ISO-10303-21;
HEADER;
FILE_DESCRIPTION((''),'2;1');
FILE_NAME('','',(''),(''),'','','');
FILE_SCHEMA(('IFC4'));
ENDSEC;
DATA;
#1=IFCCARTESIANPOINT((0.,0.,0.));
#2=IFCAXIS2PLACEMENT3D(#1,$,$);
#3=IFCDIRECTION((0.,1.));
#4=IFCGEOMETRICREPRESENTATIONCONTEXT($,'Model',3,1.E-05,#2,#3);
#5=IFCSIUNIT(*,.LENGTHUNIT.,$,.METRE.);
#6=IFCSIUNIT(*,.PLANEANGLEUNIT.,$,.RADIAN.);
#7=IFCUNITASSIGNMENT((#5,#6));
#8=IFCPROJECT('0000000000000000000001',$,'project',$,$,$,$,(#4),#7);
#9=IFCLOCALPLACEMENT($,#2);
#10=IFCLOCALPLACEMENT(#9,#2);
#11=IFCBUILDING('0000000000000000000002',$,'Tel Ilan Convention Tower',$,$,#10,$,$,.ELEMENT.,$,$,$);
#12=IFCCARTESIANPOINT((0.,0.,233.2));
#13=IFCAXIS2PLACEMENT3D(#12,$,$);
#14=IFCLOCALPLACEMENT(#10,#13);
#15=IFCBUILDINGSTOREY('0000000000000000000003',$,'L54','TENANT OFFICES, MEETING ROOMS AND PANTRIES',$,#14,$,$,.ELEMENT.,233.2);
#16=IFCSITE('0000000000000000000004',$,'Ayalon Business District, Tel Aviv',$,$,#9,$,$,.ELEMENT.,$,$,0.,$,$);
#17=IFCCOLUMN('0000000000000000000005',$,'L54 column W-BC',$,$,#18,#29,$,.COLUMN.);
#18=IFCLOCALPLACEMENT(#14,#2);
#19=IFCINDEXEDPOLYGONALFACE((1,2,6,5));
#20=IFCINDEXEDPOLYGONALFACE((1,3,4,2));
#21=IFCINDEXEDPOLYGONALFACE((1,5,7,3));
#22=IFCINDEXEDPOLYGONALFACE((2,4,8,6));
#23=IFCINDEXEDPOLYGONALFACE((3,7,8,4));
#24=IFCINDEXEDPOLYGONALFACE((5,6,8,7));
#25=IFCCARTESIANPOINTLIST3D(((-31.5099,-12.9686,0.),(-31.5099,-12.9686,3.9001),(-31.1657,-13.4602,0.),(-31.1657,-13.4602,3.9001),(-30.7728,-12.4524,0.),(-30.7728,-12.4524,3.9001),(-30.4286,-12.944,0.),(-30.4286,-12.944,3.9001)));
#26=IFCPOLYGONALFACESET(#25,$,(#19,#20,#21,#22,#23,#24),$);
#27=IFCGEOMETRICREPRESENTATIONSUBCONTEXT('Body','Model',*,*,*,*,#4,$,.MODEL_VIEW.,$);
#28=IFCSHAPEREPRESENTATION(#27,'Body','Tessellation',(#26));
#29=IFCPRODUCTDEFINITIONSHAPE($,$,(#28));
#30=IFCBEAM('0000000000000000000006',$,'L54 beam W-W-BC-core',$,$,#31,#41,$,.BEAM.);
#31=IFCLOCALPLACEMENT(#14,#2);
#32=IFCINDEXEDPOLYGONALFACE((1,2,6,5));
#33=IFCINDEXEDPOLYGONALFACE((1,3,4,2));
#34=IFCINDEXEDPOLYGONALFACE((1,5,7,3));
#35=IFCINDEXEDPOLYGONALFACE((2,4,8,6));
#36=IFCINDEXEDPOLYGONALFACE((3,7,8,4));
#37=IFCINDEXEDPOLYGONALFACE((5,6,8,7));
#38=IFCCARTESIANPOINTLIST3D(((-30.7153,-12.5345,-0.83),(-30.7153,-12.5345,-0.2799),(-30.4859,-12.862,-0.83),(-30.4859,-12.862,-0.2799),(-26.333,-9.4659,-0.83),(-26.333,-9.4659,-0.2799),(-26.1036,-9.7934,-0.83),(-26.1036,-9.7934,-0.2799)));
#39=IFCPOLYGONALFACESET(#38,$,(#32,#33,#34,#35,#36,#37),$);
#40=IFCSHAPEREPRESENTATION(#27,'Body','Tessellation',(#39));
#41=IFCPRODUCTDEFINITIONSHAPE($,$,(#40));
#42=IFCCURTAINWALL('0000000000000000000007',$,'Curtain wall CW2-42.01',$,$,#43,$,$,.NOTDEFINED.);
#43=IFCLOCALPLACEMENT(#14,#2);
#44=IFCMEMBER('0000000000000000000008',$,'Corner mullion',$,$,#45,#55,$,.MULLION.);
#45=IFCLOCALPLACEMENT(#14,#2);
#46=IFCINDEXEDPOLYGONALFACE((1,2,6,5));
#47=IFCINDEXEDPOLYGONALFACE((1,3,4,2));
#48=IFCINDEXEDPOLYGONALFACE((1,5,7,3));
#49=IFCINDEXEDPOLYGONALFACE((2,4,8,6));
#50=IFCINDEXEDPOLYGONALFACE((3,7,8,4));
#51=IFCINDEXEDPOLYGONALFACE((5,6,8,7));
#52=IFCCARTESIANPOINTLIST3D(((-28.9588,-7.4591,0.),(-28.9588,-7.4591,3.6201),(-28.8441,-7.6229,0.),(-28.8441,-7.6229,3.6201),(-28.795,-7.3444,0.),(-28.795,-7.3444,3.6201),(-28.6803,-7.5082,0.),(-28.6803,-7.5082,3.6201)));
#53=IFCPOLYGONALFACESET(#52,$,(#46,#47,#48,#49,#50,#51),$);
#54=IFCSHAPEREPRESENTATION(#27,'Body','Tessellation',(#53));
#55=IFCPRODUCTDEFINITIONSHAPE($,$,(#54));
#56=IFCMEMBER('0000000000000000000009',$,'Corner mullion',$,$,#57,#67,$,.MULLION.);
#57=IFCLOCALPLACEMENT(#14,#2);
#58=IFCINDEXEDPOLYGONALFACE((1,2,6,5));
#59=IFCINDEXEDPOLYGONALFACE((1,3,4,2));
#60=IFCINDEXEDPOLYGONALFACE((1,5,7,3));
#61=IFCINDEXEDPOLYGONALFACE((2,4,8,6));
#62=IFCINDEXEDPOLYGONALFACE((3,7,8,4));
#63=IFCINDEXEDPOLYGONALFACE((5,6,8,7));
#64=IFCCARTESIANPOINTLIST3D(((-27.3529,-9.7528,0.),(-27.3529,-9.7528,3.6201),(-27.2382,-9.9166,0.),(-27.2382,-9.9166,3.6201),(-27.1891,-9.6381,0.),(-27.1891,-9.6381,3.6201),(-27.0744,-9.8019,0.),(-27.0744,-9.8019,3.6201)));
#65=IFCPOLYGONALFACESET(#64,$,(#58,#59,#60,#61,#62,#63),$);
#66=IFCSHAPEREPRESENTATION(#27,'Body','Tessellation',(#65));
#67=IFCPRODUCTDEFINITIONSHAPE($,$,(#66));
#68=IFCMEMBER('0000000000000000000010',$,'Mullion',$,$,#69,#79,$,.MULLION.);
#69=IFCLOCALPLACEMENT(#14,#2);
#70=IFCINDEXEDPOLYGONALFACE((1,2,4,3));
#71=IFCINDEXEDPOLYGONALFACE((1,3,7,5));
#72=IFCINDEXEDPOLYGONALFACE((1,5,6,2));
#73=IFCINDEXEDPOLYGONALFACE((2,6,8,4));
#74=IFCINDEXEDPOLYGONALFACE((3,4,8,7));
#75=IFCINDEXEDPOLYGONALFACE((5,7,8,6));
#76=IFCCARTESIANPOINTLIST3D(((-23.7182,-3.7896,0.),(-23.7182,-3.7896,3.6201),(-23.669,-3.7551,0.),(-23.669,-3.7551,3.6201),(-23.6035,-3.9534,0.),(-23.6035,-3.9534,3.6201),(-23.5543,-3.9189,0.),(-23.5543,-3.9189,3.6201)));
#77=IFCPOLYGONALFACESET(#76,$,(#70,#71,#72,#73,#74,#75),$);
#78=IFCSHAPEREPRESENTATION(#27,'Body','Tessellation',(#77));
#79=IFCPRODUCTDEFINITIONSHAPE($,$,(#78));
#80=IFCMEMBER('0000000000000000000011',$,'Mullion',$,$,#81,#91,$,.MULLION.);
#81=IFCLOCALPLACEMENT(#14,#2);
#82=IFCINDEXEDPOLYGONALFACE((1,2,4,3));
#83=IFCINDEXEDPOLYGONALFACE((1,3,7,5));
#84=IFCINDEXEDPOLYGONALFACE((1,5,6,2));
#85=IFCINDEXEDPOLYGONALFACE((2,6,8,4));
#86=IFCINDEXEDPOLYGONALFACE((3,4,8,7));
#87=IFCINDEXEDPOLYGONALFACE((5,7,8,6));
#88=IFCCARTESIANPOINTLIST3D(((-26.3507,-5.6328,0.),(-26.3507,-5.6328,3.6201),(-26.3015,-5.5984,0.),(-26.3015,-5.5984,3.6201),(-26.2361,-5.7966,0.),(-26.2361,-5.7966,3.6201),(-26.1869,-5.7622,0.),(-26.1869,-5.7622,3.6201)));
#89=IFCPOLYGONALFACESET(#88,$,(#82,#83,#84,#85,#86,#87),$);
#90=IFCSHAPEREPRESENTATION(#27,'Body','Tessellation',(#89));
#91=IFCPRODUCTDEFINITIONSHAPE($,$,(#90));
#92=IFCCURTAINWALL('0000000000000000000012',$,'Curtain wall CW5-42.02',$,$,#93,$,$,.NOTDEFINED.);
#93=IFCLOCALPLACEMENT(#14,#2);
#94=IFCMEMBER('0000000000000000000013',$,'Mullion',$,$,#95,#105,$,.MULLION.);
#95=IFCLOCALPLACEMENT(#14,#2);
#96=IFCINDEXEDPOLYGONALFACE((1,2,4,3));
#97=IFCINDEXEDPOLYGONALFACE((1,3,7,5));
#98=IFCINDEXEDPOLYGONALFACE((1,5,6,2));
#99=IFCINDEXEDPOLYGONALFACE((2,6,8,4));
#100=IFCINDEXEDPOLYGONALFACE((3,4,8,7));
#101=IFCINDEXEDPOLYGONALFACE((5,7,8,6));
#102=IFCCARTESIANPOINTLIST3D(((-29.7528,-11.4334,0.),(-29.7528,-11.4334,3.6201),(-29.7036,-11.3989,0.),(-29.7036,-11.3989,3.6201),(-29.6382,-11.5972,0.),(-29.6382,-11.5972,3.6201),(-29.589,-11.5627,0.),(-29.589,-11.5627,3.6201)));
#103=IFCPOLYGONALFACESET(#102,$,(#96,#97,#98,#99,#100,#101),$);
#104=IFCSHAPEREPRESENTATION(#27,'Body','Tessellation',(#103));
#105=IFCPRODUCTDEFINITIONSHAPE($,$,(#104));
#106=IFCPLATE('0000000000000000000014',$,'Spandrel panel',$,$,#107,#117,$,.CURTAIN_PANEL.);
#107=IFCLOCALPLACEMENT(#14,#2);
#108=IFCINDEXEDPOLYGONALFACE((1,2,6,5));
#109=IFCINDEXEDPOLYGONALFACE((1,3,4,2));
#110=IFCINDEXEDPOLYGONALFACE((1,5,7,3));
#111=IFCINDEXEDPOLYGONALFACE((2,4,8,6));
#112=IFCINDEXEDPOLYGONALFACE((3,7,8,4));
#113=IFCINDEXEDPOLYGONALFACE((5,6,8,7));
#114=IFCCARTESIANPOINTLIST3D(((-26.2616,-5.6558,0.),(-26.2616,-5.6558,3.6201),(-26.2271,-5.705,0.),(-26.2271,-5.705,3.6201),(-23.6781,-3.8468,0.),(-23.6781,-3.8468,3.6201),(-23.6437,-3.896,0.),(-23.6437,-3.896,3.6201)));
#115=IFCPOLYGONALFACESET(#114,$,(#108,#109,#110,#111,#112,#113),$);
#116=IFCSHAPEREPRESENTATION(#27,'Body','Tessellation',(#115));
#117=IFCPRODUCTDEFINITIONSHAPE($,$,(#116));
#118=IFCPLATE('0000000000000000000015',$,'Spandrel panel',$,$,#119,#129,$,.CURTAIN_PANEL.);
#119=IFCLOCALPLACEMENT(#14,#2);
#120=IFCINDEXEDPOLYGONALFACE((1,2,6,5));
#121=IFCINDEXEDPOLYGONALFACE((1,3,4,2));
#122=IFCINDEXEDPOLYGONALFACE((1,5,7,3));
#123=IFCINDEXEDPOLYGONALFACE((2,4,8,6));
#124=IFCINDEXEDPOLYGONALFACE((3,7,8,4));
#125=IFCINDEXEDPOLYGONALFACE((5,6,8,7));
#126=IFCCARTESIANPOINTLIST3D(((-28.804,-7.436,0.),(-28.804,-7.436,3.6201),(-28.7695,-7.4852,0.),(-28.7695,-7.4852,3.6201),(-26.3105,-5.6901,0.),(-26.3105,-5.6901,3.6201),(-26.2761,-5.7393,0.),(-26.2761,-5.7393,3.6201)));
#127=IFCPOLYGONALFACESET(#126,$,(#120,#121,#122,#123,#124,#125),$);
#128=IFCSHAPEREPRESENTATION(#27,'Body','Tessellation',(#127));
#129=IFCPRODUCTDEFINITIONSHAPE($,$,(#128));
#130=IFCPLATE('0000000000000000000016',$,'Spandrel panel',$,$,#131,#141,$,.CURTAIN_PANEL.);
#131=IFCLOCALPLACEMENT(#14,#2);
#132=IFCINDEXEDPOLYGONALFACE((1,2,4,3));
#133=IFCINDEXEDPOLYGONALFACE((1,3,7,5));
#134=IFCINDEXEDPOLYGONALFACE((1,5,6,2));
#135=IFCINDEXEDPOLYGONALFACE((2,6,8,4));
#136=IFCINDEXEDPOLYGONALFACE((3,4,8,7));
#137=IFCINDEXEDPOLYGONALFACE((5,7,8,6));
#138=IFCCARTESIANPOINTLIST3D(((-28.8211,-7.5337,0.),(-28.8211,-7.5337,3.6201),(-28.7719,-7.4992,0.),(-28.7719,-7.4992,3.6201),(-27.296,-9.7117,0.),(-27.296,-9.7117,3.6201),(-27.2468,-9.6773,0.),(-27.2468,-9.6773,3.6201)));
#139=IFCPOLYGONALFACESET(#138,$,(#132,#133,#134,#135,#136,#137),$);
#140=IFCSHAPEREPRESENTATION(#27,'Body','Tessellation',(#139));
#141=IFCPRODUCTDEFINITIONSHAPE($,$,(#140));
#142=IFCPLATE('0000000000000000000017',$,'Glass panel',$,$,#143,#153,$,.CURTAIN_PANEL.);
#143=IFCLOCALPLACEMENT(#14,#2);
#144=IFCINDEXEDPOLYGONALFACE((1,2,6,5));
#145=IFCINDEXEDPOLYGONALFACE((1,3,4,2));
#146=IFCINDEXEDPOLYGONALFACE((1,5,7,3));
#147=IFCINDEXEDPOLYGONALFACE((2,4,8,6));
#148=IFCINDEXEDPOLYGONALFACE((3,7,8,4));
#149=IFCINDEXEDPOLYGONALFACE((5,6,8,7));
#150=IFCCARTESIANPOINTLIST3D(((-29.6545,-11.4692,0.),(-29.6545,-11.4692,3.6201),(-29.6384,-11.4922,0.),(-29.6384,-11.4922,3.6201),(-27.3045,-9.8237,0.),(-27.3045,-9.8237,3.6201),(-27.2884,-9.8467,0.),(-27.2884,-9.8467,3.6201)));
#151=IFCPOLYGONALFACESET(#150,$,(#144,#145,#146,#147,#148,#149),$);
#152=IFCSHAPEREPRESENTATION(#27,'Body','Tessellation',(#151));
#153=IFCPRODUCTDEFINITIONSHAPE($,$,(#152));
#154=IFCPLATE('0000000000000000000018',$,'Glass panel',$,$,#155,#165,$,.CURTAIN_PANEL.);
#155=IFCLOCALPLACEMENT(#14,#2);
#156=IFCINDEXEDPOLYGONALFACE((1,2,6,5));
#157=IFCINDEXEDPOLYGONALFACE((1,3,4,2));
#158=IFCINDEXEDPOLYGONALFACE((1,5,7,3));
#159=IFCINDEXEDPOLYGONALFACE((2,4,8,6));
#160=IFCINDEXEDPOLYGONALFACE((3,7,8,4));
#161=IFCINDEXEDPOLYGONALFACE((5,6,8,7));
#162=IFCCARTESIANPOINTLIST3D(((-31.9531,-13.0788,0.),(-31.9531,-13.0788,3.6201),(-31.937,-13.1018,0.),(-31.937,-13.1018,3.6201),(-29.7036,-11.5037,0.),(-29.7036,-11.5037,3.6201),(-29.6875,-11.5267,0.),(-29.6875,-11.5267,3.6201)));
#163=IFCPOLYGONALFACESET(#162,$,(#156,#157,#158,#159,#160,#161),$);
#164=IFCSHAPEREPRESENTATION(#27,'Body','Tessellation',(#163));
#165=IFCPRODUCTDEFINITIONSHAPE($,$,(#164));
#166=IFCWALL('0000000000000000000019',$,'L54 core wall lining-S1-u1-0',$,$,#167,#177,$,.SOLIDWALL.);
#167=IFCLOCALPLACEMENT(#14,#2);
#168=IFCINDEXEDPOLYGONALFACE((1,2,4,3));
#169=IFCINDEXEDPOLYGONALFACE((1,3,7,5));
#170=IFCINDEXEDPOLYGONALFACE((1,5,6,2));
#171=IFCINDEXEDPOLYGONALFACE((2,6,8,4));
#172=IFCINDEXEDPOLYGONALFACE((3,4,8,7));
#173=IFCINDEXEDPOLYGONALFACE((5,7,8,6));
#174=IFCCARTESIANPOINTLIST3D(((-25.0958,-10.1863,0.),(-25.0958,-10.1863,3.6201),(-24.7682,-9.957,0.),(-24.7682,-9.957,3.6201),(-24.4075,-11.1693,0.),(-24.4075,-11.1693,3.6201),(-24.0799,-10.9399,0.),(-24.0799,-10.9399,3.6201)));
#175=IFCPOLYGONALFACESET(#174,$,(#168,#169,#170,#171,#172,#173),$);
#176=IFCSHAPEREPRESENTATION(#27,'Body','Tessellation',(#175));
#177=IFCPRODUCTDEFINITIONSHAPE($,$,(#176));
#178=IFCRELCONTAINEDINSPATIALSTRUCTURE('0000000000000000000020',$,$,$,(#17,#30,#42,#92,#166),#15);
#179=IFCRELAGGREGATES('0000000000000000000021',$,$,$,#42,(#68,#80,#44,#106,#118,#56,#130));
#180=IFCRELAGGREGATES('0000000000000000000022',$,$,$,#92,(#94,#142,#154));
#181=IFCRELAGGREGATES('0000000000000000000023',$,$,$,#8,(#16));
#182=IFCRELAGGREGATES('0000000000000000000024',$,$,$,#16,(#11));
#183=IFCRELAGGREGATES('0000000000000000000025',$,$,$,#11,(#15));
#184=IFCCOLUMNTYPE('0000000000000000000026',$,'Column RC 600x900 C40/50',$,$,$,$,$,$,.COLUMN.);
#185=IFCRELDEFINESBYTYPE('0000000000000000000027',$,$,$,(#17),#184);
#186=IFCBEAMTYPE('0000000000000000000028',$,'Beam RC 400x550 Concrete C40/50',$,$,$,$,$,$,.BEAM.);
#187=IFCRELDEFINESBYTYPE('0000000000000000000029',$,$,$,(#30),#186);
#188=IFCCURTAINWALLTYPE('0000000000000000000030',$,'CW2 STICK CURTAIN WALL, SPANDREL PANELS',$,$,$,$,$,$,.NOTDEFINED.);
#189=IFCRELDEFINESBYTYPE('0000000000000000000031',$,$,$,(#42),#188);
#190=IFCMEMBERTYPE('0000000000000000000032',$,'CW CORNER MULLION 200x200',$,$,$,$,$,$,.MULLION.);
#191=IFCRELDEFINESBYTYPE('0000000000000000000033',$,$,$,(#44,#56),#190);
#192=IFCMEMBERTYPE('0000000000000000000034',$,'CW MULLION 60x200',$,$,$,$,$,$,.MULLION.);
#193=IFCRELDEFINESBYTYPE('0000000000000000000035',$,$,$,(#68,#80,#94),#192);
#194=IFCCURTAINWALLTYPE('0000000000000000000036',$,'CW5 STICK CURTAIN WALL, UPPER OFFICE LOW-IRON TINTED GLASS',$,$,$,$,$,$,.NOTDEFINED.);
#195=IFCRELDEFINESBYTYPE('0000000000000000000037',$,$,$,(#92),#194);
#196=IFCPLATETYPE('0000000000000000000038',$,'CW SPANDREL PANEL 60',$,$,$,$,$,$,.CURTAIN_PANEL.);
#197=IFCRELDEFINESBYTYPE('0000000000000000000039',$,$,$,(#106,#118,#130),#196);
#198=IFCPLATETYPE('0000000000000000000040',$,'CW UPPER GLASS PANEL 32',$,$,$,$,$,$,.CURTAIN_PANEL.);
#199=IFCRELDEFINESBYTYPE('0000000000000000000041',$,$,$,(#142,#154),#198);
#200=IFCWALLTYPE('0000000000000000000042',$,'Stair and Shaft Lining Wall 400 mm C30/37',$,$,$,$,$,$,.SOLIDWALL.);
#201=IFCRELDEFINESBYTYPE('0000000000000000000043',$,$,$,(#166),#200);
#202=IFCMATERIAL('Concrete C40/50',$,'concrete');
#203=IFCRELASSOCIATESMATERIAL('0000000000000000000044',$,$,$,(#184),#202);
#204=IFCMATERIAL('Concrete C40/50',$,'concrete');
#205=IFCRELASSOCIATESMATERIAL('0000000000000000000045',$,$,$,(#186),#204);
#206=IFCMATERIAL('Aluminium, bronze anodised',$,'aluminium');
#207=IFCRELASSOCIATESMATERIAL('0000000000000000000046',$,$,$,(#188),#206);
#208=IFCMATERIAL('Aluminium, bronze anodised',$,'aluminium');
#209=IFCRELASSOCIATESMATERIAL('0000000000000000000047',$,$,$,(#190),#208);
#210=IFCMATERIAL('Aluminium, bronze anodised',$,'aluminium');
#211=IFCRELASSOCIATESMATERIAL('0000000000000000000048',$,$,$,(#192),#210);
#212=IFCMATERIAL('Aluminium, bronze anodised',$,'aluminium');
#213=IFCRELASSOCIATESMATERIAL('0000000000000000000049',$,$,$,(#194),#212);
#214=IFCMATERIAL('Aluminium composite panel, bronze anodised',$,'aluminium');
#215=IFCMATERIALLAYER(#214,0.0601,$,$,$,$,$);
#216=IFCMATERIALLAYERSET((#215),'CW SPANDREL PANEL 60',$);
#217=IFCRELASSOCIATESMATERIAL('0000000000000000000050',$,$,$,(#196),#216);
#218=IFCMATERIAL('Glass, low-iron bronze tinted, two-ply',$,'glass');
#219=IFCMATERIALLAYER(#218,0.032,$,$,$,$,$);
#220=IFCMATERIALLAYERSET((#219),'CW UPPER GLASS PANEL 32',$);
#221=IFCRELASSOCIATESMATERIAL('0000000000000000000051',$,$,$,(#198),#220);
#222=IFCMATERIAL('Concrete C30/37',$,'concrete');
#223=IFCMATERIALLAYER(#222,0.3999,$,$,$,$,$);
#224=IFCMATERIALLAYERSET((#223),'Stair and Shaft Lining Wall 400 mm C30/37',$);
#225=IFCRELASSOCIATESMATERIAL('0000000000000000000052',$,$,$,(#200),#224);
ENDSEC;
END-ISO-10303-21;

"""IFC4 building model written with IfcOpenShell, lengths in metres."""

from ifc_helpers import new_model, si_unit, direction, frame, frame_2d, origin, origin_2d, place, context, subcontext, project, spatial, rectangle, extrude, material, layer, layer_set, material_profile, profile_set, type_object, element, aggregate, save


model = new_model("IFC4")

# Units and contexts
model_context = context("Model", 3, precision=1e-05, world=origin(), true_north=direction((0.0, 1.0)))
body_context = subcontext(model_context, "Body", "Model", "MODEL_VIEW")
ifc_project = project(units=[si_unit("LENGTHUNIT", "METRE"), si_unit("PLANEANGLEUNIT", "RADIAN")], contexts=[model_context])

# Site, building, storey
site_placement = place(None, origin())
site = spatial("IfcSite", under=ifc_project, at=site_placement, Name="Ayalon Business District, Tel Aviv", CompositionType="ELEMENT", RefElevation=0.0)
building_placement = place(site_placement, origin())
building = spatial("IfcBuilding", under=site, at=building_placement, Name="Tel Ilan Convention Tower", CompositionType="ELEMENT")
storey_placement = place(building_placement, frame((0.0, 0.0, 233.2)))
storey = spatial("IfcBuildingStorey", under=building, at=storey_placement, Name="L54", Description="TENANT OFFICES, MEETING ROOMS AND PANTRIES", CompositionType="ELEMENT", Elevation=233.2)

# Column
ifc_material_1 = material(Name="Concrete C40/50", Category="concrete")
ifc_material_profile_1 = material_profile(ifc_material_1, rectangle(XDim=0.8999, YDim=0.6001, at=origin_2d()), Name="RC 600x900")
ifc_profile_set_1 = profile_set([ifc_material_profile_1], Name="Concrete C40/50")
column_type = type_object("IfcColumnType", Name="Column RC 600x900 C40/50", PredefinedType="COLUMN", material=ifc_profile_set_1)
column_placement = place(storey_placement, frame((-30.9692, -12.9563, 0.0), z_axis=(0.0, 0.0, 1.0), x_axis=(-0.819152, -0.573576, 0.0)))
element("IfcColumn", 1, at=column_placement, inside=storey, type_object=column_type, Name="L54 column W-BC", PredefinedType="COLUMN", context=body_context, shape_type="SweptSolid", body=[
    extrude(rectangle(XDim=0.8999, YDim=0.6001, at=origin_2d()), origin(), (0.0, 0.0, 1.0), 3.9001),
])

# Beam
ifc_material_2 = material(Name="Concrete C40/50", Category="concrete")
ifc_material_profile_2 = material_profile(ifc_material_2, rectangle(XDim=0.3999, YDim=0.55, at=origin_2d()), Name="RC 400x550")
ifc_profile_set_2 = profile_set([ifc_material_profile_2], Name="Concrete C40/50")
beam_type = type_object("IfcBeamType", Name="Beam RC 400x550 Concrete C40/50", PredefinedType="BEAM", material=ifc_profile_set_2)
beam_placement = place(storey_placement, frame((-30.6006, -12.6982, -0.5549), z_axis=(0.819146, 0.573585, 0.0), x_axis=(-0.573585, 0.819146, 0.0)))
element("IfcBeam", 2, at=beam_placement, inside=storey, type_object=beam_type, Name="L54 beam W-W-BC-core", PredefinedType="BEAM", context=body_context, shape_type="SweptSolid", body=[
    extrude(rectangle(XDim=0.3999, YDim=0.55, at=origin_2d()), origin(), (0.0, 0.0, 1.0), 5.3499),
])

# Curtain wall, members
ifc_material_3 = material(Name="Aluminium, bronze anodised", Category="aluminium")
curtain_wall_type_1 = type_object("IfcCurtainWallType", Name="CW2 STICK CURTAIN WALL, SPANDREL PANELS", PredefinedType="NOTDEFINED", material=ifc_material_3)
curtain_wall_1_placement = place(storey_placement, origin())
curtain_wall_1 = element("IfcCurtainWall", 3, at=curtain_wall_1_placement, inside=storey, type_object=curtain_wall_type_1, Name="Curtain wall CW2-42.01", PredefinedType="NOTDEFINED")
ifc_material_4 = material(Name="Aluminium, bronze anodised", Category="aluminium")
ifc_material_profile_3 = material_profile(ifc_material_4, rectangle(XDim=0.2, YDim=0.2, at=origin_2d()), Name="CW CORNER MULLION 200x200")
ifc_profile_set_3 = profile_set([ifc_material_profile_3], Name="Aluminium, bronze anodised")
member_type_1 = type_object("IfcMemberType", Name="CW CORNER MULLION 200x200", PredefinedType="MULLION", material=ifc_profile_set_3)
member_1_placement = place(storey_placement, frame((-28.8196, -7.4836, 0.0), z_axis=(0.0, 0.0, 1.0), x_axis=(-0.819152, -0.573576, 0.0)))
member_1 = element("IfcMember", 4, at=member_1_placement, type_object=member_type_1, Name="Corner mullion", PredefinedType="MULLION", context=body_context, shape_type="SweptSolid", body=[
    extrude(rectangle(XDim=0.2, YDim=0.2, at=origin_2d()), origin(), (0.0, 0.0, 1.0), 3.6201),
])
member_2_placement = place(storey_placement, frame((-27.2136, -9.7773, 0.0), z_axis=(0.0, 0.0, 1.0), x_axis=(0.573576, -0.819152, 0.0)))
member_2 = element("IfcMember", 5, at=member_2_placement, type_object=member_type_1, Name="Corner mullion", PredefinedType="MULLION", context=body_context, shape_type="SweptSolid", body=[
    extrude(rectangle(XDim=0.2, YDim=0.2, at=origin_2d()), origin(), (0.0, 0.0, 1.0), 3.6201),
])
ifc_material_5 = material(Name="Aluminium, bronze anodised", Category="aluminium")
ifc_material_profile_4 = material_profile(ifc_material_5, rectangle(XDim=0.0601, YDim=0.2, at=origin_2d()), Name="CW MULLION 60x200")
ifc_profile_set_4 = profile_set([ifc_material_profile_4], Name="Aluminium, bronze anodised")
member_type_2 = type_object("IfcMemberType", Name="CW MULLION 60x200", PredefinedType="MULLION", material=ifc_profile_set_4)
member_3_placement = place(storey_placement, frame((-23.6362, -3.8542, 0.0), z_axis=(0.0, 0.0, 1.0), x_axis=(-0.819152, -0.573576, 0.0)))
member_3 = element("IfcMember", 6, at=member_3_placement, type_object=member_type_2, Name="Mullion", PredefinedType="MULLION", context=body_context, shape_type="SweptSolid", body=[
    extrude(rectangle(XDim=0.0601, YDim=0.2, at=origin_2d()), origin(), (0.0, 0.0, 1.0), 3.6201),
])
member_4_placement = place(storey_placement, frame((-26.2688, -5.6975, 0.0), z_axis=(0.0, 0.0, 1.0), x_axis=(-0.819152, -0.573576, 0.0)))
member_4 = element("IfcMember", 7, at=member_4_placement, type_object=member_type_2, Name="Mullion", PredefinedType="MULLION", context=body_context, shape_type="SweptSolid", body=[
    extrude(rectangle(XDim=0.0601, YDim=0.2, at=origin_2d()), origin(), (0.0, 0.0, 1.0), 3.6201),
])

# Curtain wall, member
ifc_material_6 = material(Name="Aluminium, bronze anodised", Category="aluminium")
curtain_wall_type_2 = type_object("IfcCurtainWallType", Name="CW5 STICK CURTAIN WALL, UPPER OFFICE LOW-IRON TINTED GLASS", PredefinedType="NOTDEFINED", material=ifc_material_6)
curtain_wall_2_placement = place(storey_placement, origin())
curtain_wall_2 = element("IfcCurtainWall", 8, at=curtain_wall_2_placement, inside=storey, type_object=curtain_wall_type_2, Name="Curtain wall CW5-42.02", PredefinedType="NOTDEFINED")
member_5_placement = place(storey_placement, frame((-29.6709, -11.498, 0.0), z_axis=(0.0, 0.0, 1.0), x_axis=(-0.819152, -0.573576, 0.0)))
member_5 = element("IfcMember", 9, at=member_5_placement, type_object=member_type_2, Name="Mullion", PredefinedType="MULLION", context=body_context, shape_type="SweptSolid", body=[
    extrude(rectangle(XDim=0.0601, YDim=0.2, at=origin_2d()), origin(), (0.0, 0.0, 1.0), 3.6201),
])

# Plates
ifc_material_7 = material(Name="Aluminium composite panel, bronze anodised", Category="aluminium")
ifc_layer_1 = layer(ifc_material_7, 0.0601)
ifc_layer_set_1 = layer_set([ifc_layer_1], Name="CW SPANDREL PANEL 60")
plate_type_1 = type_object("IfcPlateType", Name="CW SPANDREL PANEL 60", PredefinedType="CURTAIN_PANEL", material=ifc_layer_set_1)
plate_1_placement = place(storey_placement, frame((-24.9526, -4.7759, 0.0), z_axis=(0.0, 0.0, 1.0), x_axis=(-0.819152, -0.573576, 0.0)))
plate_1 = element("IfcPlate", 10, at=plate_1_placement, type_object=plate_type_1, Name="Spandrel panel", PredefinedType="CURTAIN_PANEL", context=body_context, shape_type="SweptSolid", body=[
    extrude(rectangle(XDim=3.1538, YDim=0.0601, at=origin_2d()), origin(), (0.0, 0.0, 1.0), 3.6201),
])
plate_2_placement = place(storey_placement, frame((-27.54, -6.5876, 0.0), z_axis=(0.0, 0.0, 1.0), x_axis=(-0.819152, -0.573576, 0.0)))
plate_2 = element("IfcPlate", 11, at=plate_2_placement, type_object=plate_type_1, Name="Spandrel panel", PredefinedType="CURTAIN_PANEL", context=body_context, shape_type="SweptSolid", body=[
    extrude(rectangle(XDim=3.0439, YDim=0.0601, at=origin_2d()), origin(), (0.0, 0.0, 1.0), 3.6201),
])
plate_3_placement = place(storey_placement, frame((-28.0339, -8.6055, 0.0), z_axis=(0.0, 0.0, 1.0), x_axis=(0.573576, -0.819152, 0.0)))
plate_3 = element("IfcPlate", 12, at=plate_3_placement, type_object=plate_type_1, Name="Spandrel panel", PredefinedType="CURTAIN_PANEL", context=body_context, shape_type="SweptSolid", body=[
    extrude(rectangle(XDim=2.6589, YDim=0.0601, at=origin_2d()), origin(), (0.0, 0.0, 1.0), 3.6201),
])
aggregate(curtain_wall_1, [member_3, member_4, member_1, plate_1, plate_2, member_2, plate_3])
ifc_material_8 = material(Name="Glass, low-iron bronze tinted, two-ply", Category="glass")
ifc_layer_2 = layer(ifc_material_8, 0.032)
ifc_layer_set_2 = layer_set([ifc_layer_2], Name="CW UPPER GLASS PANEL 32")
plate_type_2 = type_object("IfcPlateType", Name="CW UPPER GLASS PANEL 32", PredefinedType="CURTAIN_PANEL", material=ifc_layer_set_2)
plate_4_placement = place(storey_placement, frame((-28.4714, -10.658, 0.0), z_axis=(0.0, 0.0, 1.0), x_axis=(-0.819152, -0.573576, 0.0)))
plate_4 = element("IfcPlate", 13, at=plate_4_placement, type_object=plate_type_2, Name="Glass panel", PredefinedType="CURTAIN_PANEL", context=body_context, shape_type="SweptSolid", body=[
    extrude(rectangle(XDim=2.8689, YDim=0.0281, at=origin_2d()), origin(), (0.0, 0.0, 1.0), 3.6201),
])
plate_5_placement = place(storey_placement, frame((-30.8203, -12.3027, 0.0), z_axis=(0.0, 0.0, 1.0), x_axis=(-0.819152, -0.573576, 0.0)))
plate_5 = element("IfcPlate", 14, at=plate_5_placement, type_object=plate_type_2, Name="Glass panel", PredefinedType="CURTAIN_PANEL", context=body_context, shape_type="SweptSolid", body=[
    extrude(rectangle(XDim=2.7461, YDim=0.0281, at=origin_2d()), origin(), (0.0, 0.0, 1.0), 3.6201),
])
aggregate(curtain_wall_2, [member_5, plate_4, plate_5])

# Wall
ifc_material_9 = material(Name="Concrete C30/37", Category="concrete")
ifc_layer_3 = layer(ifc_material_9, 0.3999)
ifc_layer_set_3 = layer_set([ifc_layer_3], Name="Stair and Shaft Lining Wall 400 mm C30/37")
wall_type = type_object("IfcWallType", Name="Stair and Shaft Lining Wall 400 mm C30/37", PredefinedType="SOLIDWALL", material=ifc_layer_set_3)
wall_1_placement = place(storey_placement, frame((-24.2437, -11.0547, 0.0), z_axis=(0.0, 0.0, 1.0), x_axis=(-0.573572, 0.819155, 0.0)))
element("IfcWall", 15, at=wall_1_placement, inside=storey, type_object=wall_type, Name="L54 core wall lining-S1-u1-0", PredefinedType="SOLIDWALL", context=body_context, shape_type="SweptSolid", body=[
    extrude(rectangle(XDim=1.2, YDim=0.3999, at=frame_2d((0.6001, 0.0))), origin(), (0.0, 0.0, 1.0), 3.6201),
])

save(model, "model.ifc")
